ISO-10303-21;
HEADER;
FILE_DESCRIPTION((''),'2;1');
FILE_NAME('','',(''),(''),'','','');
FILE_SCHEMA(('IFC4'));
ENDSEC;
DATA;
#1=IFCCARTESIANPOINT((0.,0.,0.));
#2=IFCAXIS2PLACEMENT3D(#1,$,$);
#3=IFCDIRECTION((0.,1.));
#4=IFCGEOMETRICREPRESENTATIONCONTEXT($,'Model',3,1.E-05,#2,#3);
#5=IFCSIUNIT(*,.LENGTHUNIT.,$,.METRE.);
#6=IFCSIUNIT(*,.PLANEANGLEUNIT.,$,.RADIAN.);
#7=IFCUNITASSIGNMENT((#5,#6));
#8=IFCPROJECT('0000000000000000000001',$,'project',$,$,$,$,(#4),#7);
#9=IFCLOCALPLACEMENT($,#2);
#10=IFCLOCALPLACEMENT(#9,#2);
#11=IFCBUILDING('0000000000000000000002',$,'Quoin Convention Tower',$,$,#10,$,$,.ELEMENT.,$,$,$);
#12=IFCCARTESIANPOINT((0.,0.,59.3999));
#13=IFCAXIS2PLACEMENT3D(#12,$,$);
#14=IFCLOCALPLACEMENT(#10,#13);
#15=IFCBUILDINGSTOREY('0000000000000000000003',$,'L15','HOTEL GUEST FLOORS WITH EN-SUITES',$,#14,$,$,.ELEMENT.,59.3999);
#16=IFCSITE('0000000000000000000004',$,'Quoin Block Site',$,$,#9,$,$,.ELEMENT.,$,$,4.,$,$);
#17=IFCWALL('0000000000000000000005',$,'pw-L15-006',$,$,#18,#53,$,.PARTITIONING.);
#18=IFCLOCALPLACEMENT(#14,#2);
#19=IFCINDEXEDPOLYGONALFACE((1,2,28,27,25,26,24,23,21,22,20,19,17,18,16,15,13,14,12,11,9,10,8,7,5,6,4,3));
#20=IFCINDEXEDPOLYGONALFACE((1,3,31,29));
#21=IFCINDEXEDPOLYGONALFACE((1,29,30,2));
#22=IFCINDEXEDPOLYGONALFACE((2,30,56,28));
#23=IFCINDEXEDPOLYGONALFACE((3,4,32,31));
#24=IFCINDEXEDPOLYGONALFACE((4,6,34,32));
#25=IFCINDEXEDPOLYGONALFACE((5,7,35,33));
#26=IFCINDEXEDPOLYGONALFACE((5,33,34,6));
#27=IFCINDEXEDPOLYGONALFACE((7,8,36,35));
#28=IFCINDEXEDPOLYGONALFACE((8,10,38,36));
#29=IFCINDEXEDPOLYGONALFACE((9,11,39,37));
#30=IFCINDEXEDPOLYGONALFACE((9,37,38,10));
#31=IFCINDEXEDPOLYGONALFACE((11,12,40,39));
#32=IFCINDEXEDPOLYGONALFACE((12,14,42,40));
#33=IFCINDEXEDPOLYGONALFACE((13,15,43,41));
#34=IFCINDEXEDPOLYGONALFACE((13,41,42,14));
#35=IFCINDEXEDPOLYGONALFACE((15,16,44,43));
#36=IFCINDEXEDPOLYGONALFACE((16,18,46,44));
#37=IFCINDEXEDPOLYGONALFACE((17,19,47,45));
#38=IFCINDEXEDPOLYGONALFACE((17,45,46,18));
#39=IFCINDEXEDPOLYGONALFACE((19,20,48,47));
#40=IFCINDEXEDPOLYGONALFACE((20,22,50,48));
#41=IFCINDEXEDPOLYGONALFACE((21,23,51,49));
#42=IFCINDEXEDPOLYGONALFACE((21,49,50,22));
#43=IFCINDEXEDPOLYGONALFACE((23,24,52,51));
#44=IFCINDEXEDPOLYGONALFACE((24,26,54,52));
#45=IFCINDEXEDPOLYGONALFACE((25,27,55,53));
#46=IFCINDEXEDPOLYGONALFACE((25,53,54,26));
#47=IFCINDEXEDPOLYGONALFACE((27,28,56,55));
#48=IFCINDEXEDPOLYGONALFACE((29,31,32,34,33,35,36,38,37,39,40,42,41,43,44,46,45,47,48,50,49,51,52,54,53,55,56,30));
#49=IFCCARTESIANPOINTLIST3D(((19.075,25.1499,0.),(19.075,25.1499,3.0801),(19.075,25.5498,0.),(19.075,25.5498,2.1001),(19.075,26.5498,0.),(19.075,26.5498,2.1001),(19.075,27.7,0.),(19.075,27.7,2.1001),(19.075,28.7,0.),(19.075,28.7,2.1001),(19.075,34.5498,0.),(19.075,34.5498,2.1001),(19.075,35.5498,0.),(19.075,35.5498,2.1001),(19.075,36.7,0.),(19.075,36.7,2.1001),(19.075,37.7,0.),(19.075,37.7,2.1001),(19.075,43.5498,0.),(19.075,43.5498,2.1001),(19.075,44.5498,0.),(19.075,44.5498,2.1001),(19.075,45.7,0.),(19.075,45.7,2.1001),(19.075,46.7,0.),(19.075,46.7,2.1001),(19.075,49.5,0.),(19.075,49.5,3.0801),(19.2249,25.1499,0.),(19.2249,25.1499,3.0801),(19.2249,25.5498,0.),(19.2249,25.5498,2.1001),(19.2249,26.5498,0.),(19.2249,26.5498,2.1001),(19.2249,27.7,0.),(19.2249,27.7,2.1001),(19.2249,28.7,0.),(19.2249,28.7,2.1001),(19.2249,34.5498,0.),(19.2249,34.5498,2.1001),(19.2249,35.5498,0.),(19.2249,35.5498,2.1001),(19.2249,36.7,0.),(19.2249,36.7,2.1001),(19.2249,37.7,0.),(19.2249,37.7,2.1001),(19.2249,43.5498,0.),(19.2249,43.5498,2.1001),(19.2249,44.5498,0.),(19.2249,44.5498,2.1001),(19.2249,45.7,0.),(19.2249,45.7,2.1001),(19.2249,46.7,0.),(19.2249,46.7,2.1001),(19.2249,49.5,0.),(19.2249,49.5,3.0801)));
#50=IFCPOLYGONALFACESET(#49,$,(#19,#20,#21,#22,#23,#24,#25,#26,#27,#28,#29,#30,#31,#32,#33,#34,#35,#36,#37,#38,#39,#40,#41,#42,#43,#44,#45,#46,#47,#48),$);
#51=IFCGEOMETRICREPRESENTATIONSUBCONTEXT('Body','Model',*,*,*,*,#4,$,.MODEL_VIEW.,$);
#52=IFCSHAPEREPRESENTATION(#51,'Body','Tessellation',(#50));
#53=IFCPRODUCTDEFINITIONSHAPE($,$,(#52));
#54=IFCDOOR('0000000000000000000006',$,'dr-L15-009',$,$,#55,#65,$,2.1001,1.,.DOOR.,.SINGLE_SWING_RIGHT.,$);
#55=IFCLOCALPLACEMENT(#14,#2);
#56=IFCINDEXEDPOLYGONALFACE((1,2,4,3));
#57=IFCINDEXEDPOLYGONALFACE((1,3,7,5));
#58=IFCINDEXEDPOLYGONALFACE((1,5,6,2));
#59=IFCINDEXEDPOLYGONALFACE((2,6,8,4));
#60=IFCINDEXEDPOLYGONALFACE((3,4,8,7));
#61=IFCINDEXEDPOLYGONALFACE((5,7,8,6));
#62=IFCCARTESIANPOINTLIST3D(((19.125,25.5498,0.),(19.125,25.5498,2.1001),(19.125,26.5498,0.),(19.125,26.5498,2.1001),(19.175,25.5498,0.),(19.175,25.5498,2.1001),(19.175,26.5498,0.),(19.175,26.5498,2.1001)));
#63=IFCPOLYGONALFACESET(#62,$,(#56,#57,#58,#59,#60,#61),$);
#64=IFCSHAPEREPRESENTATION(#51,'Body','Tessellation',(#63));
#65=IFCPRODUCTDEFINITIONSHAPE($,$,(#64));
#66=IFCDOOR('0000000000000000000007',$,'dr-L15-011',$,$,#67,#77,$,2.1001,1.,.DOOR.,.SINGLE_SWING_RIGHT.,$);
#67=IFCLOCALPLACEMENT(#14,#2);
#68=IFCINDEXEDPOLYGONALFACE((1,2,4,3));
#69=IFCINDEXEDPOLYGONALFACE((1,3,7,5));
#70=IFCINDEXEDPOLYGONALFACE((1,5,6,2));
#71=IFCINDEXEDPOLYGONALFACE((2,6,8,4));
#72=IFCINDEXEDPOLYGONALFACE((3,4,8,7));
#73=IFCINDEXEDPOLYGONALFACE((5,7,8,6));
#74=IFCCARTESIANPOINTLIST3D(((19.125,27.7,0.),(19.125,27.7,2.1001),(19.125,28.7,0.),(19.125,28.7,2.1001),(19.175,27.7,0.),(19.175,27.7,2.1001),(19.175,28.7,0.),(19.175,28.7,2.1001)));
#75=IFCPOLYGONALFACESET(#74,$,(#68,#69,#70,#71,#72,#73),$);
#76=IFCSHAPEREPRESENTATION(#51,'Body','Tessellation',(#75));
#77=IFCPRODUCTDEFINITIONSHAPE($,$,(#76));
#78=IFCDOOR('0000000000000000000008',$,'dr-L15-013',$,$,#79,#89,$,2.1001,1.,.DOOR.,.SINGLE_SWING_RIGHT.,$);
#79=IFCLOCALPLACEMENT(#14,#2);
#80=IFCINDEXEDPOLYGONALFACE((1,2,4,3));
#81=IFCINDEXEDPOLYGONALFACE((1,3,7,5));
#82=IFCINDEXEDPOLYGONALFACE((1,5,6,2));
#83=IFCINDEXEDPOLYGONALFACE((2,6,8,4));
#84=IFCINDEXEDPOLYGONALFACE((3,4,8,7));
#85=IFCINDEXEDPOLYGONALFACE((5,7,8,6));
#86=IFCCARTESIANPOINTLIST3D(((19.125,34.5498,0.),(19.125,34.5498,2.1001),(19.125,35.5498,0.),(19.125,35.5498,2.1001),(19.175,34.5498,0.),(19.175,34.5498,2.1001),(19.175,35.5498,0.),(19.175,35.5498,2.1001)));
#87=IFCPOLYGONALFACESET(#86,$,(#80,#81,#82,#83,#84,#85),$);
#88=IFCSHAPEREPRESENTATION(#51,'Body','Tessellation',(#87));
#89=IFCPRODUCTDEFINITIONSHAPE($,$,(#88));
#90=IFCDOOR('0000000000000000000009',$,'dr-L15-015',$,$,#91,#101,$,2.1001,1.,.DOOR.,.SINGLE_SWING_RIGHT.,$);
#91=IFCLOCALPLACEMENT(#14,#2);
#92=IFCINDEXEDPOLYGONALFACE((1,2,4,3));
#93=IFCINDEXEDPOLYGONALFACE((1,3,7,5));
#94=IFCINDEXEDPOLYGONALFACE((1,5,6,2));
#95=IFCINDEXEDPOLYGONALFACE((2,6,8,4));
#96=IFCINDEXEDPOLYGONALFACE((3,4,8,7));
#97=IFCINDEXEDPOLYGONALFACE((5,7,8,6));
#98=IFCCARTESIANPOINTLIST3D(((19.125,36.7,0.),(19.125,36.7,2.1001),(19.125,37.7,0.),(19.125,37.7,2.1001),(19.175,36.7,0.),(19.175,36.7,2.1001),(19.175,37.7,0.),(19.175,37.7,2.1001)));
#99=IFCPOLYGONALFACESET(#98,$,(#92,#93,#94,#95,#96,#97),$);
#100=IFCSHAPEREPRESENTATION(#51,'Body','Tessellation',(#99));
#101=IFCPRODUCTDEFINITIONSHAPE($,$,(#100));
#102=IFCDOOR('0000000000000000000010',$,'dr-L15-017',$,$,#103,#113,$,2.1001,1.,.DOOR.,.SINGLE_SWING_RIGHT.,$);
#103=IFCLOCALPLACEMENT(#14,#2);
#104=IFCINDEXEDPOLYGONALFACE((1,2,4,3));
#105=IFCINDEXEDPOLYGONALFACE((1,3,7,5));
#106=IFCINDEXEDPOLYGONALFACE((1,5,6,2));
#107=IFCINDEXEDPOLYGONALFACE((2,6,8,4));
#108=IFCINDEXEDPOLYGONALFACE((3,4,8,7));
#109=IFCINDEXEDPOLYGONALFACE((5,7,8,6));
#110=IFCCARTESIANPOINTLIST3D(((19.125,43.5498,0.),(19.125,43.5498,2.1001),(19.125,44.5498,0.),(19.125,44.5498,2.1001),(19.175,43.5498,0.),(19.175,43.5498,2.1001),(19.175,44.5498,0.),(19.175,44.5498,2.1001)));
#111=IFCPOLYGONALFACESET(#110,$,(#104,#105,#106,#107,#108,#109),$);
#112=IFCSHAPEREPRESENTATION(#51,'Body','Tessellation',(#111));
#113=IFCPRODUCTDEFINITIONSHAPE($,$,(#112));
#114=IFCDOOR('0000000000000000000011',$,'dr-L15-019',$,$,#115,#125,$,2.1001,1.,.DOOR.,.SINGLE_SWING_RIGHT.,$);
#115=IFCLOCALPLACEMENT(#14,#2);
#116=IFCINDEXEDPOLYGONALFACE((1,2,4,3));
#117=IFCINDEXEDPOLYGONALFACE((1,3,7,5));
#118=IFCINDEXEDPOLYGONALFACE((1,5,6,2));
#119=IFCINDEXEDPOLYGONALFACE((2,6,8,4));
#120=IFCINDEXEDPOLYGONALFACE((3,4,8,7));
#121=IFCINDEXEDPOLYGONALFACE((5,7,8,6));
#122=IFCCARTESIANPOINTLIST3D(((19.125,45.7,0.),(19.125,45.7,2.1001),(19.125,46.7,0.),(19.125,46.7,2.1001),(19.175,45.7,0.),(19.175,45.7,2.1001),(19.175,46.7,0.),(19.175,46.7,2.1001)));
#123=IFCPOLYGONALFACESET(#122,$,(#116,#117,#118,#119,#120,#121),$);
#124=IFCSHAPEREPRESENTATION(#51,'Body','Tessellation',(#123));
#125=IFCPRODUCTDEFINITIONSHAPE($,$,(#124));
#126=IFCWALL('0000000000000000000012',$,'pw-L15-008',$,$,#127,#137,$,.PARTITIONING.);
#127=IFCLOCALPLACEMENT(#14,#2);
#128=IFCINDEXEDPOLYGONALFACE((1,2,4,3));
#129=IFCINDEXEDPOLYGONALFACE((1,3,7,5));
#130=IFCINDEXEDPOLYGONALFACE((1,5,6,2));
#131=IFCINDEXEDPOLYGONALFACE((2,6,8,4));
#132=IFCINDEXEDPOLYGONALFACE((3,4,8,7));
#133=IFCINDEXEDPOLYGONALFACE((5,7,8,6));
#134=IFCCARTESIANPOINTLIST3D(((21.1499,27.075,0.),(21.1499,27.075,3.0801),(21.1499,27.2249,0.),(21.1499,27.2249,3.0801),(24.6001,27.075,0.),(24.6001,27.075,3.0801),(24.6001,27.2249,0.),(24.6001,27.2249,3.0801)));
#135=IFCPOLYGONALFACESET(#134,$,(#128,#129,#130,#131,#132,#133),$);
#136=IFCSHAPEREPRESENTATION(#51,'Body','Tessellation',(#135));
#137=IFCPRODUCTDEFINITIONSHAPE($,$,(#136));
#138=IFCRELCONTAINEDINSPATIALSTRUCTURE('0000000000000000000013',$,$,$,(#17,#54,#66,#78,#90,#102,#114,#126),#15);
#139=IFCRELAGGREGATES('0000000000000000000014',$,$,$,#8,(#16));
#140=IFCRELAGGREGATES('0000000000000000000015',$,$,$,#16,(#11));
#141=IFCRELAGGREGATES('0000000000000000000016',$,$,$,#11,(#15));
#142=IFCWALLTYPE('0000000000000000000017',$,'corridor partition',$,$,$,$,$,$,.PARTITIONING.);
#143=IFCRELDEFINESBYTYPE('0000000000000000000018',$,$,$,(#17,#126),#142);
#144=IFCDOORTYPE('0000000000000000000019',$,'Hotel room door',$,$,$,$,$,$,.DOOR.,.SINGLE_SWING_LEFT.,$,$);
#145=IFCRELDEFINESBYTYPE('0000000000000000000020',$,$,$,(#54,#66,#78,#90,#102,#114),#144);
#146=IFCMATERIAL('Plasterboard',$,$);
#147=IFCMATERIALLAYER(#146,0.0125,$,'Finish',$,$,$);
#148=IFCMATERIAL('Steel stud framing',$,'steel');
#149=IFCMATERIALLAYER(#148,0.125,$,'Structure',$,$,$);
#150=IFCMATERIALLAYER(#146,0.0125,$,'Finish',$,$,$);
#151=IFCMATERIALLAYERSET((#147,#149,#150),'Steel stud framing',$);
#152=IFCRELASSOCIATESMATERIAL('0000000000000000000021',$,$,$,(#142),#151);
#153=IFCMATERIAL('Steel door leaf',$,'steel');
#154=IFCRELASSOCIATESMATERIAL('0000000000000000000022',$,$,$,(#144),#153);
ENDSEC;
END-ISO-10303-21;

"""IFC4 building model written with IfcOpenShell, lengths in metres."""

from ifc_helpers import new_model, si_unit, direction, frame, frame_2d, origin, place, context, subcontext, project, spatial, rectangle, extrude, material, layer, layer_set, type_object, element, fill, save


model = new_model("IFC4")

# Units and contexts
model_context = context("Model", 3, precision=1e-05, world=origin(), true_north=direction((0.0, 1.0)))
body_context = subcontext(model_context, "Body", "Model", "MODEL_VIEW")
ifc_project = project(units=[si_unit("LENGTHUNIT", "METRE"), si_unit("PLANEANGLEUNIT", "RADIAN")], contexts=[model_context])

# Site, building, storey
site_placement = place(None, origin())
site = spatial("IfcSite", under=ifc_project, at=site_placement, Name="Quoin Block Site", CompositionType="ELEMENT", RefElevation=4.0)
building_placement = place(site_placement, origin())
building = spatial("IfcBuilding", under=site, at=building_placement, Name="Quoin Convention Tower", CompositionType="ELEMENT")
storey_placement = place(building_placement, frame((0.0, 0.0, 59.3999)))
storey = spatial("IfcBuildingStorey", under=building, at=storey_placement, Name="L15", Description="HOTEL GUEST FLOORS WITH EN-SUITES", CompositionType="ELEMENT", Elevation=59.3999)

# Shared definitions
ifc_material_1 = material(Name="Steel door leaf", Category="steel")

# Wall, openings, doors
ifc_material_2 = material(Name="Plasterboard")
ifc_layer_1 = layer(ifc_material_2, 0.0125, Name="Finish")
ifc_material_3 = material(Name="Steel stud framing", Category="steel")
ifc_layer_2 = layer(ifc_material_3, 0.125, Name="Structure")
ifc_layer_3 = layer(ifc_material_2, 0.0125, Name="Finish")
ifc_layer_set_1 = layer_set([ifc_layer_1, ifc_layer_2, ifc_layer_3], Name="Steel stud framing")
wall_type_1 = type_object("IfcWallType", Name="corridor partition", PredefinedType="PARTITIONING", material=ifc_layer_set_1)
wall_1_placement = place(storey_placement, frame((19.1499, 25.1499, 0.0), z_axis=(0.0, 0.0, 1.0), x_axis=(0.0, 1.0, 0.0)))
wall_1 = element("IfcWall", 1, at=wall_1_placement, inside=storey, type_object=wall_type_1, Name="pw-L15-006", PredefinedType="PARTITIONING", context=body_context, shape_type="SweptSolid", body=[
    extrude(rectangle(XDim=24.3501, YDim=0.1499, at=frame_2d((12.175, 0.0))), origin(), (0.0, 0.0, 1.0), 3.0801),
])
opening_1_placement = place(wall_1_placement, frame((0.3999, 0.0, 0.0)))
opening_1 = element("IfcOpeningElement", 2, at=opening_1_placement, cuts=wall_1, PredefinedType="OPENING", context=body_context, shape_type="SweptSolid", body=[
    extrude(rectangle(XDim=1.0, YDim=2.1001, at=frame_2d((0.5, 1.05))), frame((0.0, 0.085, 0.0), z_axis=(0.0, -1.0, 0.0), x_axis=(1.0, 0.0, 0.0)), (0.0, 0.0, 1.0), 0.1699),
])
opening_2_placement = place(wall_1_placement, frame((2.55, 0.0, 0.0)))
opening_2 = element("IfcOpeningElement", 3, at=opening_2_placement, cuts=wall_1, PredefinedType="OPENING", context=body_context, shape_type="SweptSolid", body=[
    extrude(rectangle(XDim=1.0, YDim=2.1001, at=frame_2d((0.5, 1.05))), frame((0.0, 0.085, 0.0), z_axis=(0.0, -1.0, 0.0), x_axis=(1.0, 0.0, 0.0)), (0.0, 0.0, 1.0), 0.1699),
])
opening_3_placement = place(wall_1_placement, frame((9.3999, 0.0, 0.0)))
opening_3 = element("IfcOpeningElement", 4, at=opening_3_placement, cuts=wall_1, PredefinedType="OPENING", context=body_context, shape_type="SweptSolid", body=[
    extrude(rectangle(XDim=1.0, YDim=2.1001, at=frame_2d((0.5, 1.05))), frame((0.0, 0.085, 0.0), z_axis=(0.0, -1.0, 0.0), x_axis=(1.0, 0.0, 0.0)), (0.0, 0.0, 1.0), 0.1699),
])
opening_4_placement = place(wall_1_placement, frame((11.55, 0.0, 0.0)))
opening_4 = element("IfcOpeningElement", 5, at=opening_4_placement, cuts=wall_1, PredefinedType="OPENING", context=body_context, shape_type="SweptSolid", body=[
    extrude(rectangle(XDim=1.0, YDim=2.1001, at=frame_2d((0.5, 1.05))), frame((0.0, 0.085, 0.0), z_axis=(0.0, -1.0, 0.0), x_axis=(1.0, 0.0, 0.0)), (0.0, 0.0, 1.0), 0.1699),
])
opening_5_placement = place(wall_1_placement, frame((18.3999, 0.0, 0.0)))
opening_5 = element("IfcOpeningElement", 6, at=opening_5_placement, cuts=wall_1, PredefinedType="OPENING", context=body_context, shape_type="SweptSolid", body=[
    extrude(rectangle(XDim=1.0, YDim=2.1001, at=frame_2d((0.5, 1.05))), frame((0.0, 0.085, 0.0), z_axis=(0.0, -1.0, 0.0), x_axis=(1.0, 0.0, 0.0)), (0.0, 0.0, 1.0), 0.1699),
])
opening_6_placement = place(wall_1_placement, frame((20.55, 0.0, 0.0)))
opening_6 = element("IfcOpeningElement", 7, at=opening_6_placement, cuts=wall_1, PredefinedType="OPENING", context=body_context, shape_type="SweptSolid", body=[
    extrude(rectangle(XDim=1.0, YDim=2.1001, at=frame_2d((0.5, 1.05))), frame((0.0, 0.085, 0.0), z_axis=(0.0, -1.0, 0.0), x_axis=(1.0, 0.0, 0.0)), (0.0, 0.0, 1.0), 0.1699),
])
door_type_1 = type_object("IfcDoorType", Name="Hotel room door", OperationType="SINGLE_SWING_LEFT", PredefinedType="DOOR", material=ifc_material_1)
door_1_placement = place(opening_1_placement, origin())
door_1 = element("IfcDoor", 8, at=door_1_placement, inside=storey, type_object=door_type_1, Name="dr-L15-009", OperationType="SINGLE_SWING_RIGHT", OverallHeight=2.1001, OverallWidth=1.0, PredefinedType="DOOR", context=body_context, shape_type="SweptSolid", body=[
    extrude(rectangle(XDim=1.0, YDim=2.1001, at=frame_2d((0.5, 1.05))), frame((0.0, 0.0249, 0.0), z_axis=(0.0, -1.0, 0.0), x_axis=(1.0, 0.0, 0.0)), (0.0, 0.0, 1.0), 0.05),
])
fill(opening_1, door_1)
door_2_placement = place(opening_2_placement, origin())
door_2 = element("IfcDoor", 9, at=door_2_placement, inside=storey, type_object=door_type_1, Name="dr-L15-011", OperationType="SINGLE_SWING_RIGHT", OverallHeight=2.1001, OverallWidth=1.0, PredefinedType="DOOR", context=body_context, shape_type="SweptSolid", body=[
    extrude(rectangle(XDim=1.0, YDim=2.1001, at=frame_2d((0.5, 1.05))), frame((0.0, 0.0249, 0.0), z_axis=(0.0, -1.0, 0.0), x_axis=(1.0, 0.0, 0.0)), (0.0, 0.0, 1.0), 0.05),
])
fill(opening_2, door_2)
door_3_placement = place(opening_3_placement, origin())
door_3 = element("IfcDoor", 10, at=door_3_placement, inside=storey, type_object=door_type_1, Name="dr-L15-013", OperationType="SINGLE_SWING_RIGHT", OverallHeight=2.1001, OverallWidth=1.0, PredefinedType="DOOR", context=body_context, shape_type="SweptSolid", body=[
    extrude(rectangle(XDim=1.0, YDim=2.1001, at=frame_2d((0.5, 1.05))), frame((0.0, 0.0249, 0.0), z_axis=(0.0, -1.0, 0.0), x_axis=(1.0, 0.0, 0.0)), (0.0, 0.0, 1.0), 0.05),
])
fill(opening_3, door_3)
door_4_placement = place(opening_4_placement, origin())
door_4 = element("IfcDoor", 11, at=door_4_placement, inside=storey, type_object=door_type_1, Name="dr-L15-015", OperationType="SINGLE_SWING_RIGHT", OverallHeight=2.1001, OverallWidth=1.0, PredefinedType="DOOR", context=body_context, shape_type="SweptSolid", body=[
    extrude(rectangle(XDim=1.0, YDim=2.1001, at=frame_2d((0.5, 1.05))), frame((0.0, 0.0249, 0.0), z_axis=(0.0, -1.0, 0.0), x_axis=(1.0, 0.0, 0.0)), (0.0, 0.0, 1.0), 0.05),
])
fill(opening_4, door_4)
door_5_placement = place(opening_5_placement, origin())
door_5 = element("IfcDoor", 12, at=door_5_placement, inside=storey, type_object=door_type_1, Name="dr-L15-017", OperationType="SINGLE_SWING_RIGHT", OverallHeight=2.1001, OverallWidth=1.0, PredefinedType="DOOR", context=body_context, shape_type="SweptSolid", body=[
    extrude(rectangle(XDim=1.0, YDim=2.1001, at=frame_2d((0.5, 1.05))), frame((0.0, 0.0249, 0.0), z_axis=(0.0, -1.0, 0.0), x_axis=(1.0, 0.0, 0.0)), (0.0, 0.0, 1.0), 0.05),
])
fill(opening_5, door_5)
door_6_placement = place(opening_6_placement, origin())
door_6 = element("IfcDoor", 13, at=door_6_placement, inside=storey, type_object=door_type_1, Name="dr-L15-019", OperationType="SINGLE_SWING_RIGHT", OverallHeight=2.1001, OverallWidth=1.0, PredefinedType="DOOR", context=body_context, shape_type="SweptSolid", body=[
    extrude(rectangle(XDim=1.0, YDim=2.1001, at=frame_2d((0.5, 1.05))), frame((0.0, 0.0249, 0.0), z_axis=(0.0, -1.0, 0.0), x_axis=(1.0, 0.0, 0.0)), (0.0, 0.0, 1.0), 0.05),
])
fill(opening_6, door_6)

# Wall
wall_2_placement = place(storey_placement, frame((21.1499, 27.1499, 0.0), z_axis=(0.0, 0.0, 1.0), x_axis=(1.0, 0.0, 0.0)))
element("IfcWall", 14, at=wall_2_placement, inside=storey, type_object=wall_type_1, Name="pw-L15-008", PredefinedType="PARTITIONING", context=body_context, shape_type="SweptSolid", body=[
    extrude(rectangle(XDim=3.4502, YDim=0.1499, at=frame_2d((1.7251, 0.0))), origin(), (0.0, 0.0, 1.0), 3.0801),
])

save(model, "model.ifc")
